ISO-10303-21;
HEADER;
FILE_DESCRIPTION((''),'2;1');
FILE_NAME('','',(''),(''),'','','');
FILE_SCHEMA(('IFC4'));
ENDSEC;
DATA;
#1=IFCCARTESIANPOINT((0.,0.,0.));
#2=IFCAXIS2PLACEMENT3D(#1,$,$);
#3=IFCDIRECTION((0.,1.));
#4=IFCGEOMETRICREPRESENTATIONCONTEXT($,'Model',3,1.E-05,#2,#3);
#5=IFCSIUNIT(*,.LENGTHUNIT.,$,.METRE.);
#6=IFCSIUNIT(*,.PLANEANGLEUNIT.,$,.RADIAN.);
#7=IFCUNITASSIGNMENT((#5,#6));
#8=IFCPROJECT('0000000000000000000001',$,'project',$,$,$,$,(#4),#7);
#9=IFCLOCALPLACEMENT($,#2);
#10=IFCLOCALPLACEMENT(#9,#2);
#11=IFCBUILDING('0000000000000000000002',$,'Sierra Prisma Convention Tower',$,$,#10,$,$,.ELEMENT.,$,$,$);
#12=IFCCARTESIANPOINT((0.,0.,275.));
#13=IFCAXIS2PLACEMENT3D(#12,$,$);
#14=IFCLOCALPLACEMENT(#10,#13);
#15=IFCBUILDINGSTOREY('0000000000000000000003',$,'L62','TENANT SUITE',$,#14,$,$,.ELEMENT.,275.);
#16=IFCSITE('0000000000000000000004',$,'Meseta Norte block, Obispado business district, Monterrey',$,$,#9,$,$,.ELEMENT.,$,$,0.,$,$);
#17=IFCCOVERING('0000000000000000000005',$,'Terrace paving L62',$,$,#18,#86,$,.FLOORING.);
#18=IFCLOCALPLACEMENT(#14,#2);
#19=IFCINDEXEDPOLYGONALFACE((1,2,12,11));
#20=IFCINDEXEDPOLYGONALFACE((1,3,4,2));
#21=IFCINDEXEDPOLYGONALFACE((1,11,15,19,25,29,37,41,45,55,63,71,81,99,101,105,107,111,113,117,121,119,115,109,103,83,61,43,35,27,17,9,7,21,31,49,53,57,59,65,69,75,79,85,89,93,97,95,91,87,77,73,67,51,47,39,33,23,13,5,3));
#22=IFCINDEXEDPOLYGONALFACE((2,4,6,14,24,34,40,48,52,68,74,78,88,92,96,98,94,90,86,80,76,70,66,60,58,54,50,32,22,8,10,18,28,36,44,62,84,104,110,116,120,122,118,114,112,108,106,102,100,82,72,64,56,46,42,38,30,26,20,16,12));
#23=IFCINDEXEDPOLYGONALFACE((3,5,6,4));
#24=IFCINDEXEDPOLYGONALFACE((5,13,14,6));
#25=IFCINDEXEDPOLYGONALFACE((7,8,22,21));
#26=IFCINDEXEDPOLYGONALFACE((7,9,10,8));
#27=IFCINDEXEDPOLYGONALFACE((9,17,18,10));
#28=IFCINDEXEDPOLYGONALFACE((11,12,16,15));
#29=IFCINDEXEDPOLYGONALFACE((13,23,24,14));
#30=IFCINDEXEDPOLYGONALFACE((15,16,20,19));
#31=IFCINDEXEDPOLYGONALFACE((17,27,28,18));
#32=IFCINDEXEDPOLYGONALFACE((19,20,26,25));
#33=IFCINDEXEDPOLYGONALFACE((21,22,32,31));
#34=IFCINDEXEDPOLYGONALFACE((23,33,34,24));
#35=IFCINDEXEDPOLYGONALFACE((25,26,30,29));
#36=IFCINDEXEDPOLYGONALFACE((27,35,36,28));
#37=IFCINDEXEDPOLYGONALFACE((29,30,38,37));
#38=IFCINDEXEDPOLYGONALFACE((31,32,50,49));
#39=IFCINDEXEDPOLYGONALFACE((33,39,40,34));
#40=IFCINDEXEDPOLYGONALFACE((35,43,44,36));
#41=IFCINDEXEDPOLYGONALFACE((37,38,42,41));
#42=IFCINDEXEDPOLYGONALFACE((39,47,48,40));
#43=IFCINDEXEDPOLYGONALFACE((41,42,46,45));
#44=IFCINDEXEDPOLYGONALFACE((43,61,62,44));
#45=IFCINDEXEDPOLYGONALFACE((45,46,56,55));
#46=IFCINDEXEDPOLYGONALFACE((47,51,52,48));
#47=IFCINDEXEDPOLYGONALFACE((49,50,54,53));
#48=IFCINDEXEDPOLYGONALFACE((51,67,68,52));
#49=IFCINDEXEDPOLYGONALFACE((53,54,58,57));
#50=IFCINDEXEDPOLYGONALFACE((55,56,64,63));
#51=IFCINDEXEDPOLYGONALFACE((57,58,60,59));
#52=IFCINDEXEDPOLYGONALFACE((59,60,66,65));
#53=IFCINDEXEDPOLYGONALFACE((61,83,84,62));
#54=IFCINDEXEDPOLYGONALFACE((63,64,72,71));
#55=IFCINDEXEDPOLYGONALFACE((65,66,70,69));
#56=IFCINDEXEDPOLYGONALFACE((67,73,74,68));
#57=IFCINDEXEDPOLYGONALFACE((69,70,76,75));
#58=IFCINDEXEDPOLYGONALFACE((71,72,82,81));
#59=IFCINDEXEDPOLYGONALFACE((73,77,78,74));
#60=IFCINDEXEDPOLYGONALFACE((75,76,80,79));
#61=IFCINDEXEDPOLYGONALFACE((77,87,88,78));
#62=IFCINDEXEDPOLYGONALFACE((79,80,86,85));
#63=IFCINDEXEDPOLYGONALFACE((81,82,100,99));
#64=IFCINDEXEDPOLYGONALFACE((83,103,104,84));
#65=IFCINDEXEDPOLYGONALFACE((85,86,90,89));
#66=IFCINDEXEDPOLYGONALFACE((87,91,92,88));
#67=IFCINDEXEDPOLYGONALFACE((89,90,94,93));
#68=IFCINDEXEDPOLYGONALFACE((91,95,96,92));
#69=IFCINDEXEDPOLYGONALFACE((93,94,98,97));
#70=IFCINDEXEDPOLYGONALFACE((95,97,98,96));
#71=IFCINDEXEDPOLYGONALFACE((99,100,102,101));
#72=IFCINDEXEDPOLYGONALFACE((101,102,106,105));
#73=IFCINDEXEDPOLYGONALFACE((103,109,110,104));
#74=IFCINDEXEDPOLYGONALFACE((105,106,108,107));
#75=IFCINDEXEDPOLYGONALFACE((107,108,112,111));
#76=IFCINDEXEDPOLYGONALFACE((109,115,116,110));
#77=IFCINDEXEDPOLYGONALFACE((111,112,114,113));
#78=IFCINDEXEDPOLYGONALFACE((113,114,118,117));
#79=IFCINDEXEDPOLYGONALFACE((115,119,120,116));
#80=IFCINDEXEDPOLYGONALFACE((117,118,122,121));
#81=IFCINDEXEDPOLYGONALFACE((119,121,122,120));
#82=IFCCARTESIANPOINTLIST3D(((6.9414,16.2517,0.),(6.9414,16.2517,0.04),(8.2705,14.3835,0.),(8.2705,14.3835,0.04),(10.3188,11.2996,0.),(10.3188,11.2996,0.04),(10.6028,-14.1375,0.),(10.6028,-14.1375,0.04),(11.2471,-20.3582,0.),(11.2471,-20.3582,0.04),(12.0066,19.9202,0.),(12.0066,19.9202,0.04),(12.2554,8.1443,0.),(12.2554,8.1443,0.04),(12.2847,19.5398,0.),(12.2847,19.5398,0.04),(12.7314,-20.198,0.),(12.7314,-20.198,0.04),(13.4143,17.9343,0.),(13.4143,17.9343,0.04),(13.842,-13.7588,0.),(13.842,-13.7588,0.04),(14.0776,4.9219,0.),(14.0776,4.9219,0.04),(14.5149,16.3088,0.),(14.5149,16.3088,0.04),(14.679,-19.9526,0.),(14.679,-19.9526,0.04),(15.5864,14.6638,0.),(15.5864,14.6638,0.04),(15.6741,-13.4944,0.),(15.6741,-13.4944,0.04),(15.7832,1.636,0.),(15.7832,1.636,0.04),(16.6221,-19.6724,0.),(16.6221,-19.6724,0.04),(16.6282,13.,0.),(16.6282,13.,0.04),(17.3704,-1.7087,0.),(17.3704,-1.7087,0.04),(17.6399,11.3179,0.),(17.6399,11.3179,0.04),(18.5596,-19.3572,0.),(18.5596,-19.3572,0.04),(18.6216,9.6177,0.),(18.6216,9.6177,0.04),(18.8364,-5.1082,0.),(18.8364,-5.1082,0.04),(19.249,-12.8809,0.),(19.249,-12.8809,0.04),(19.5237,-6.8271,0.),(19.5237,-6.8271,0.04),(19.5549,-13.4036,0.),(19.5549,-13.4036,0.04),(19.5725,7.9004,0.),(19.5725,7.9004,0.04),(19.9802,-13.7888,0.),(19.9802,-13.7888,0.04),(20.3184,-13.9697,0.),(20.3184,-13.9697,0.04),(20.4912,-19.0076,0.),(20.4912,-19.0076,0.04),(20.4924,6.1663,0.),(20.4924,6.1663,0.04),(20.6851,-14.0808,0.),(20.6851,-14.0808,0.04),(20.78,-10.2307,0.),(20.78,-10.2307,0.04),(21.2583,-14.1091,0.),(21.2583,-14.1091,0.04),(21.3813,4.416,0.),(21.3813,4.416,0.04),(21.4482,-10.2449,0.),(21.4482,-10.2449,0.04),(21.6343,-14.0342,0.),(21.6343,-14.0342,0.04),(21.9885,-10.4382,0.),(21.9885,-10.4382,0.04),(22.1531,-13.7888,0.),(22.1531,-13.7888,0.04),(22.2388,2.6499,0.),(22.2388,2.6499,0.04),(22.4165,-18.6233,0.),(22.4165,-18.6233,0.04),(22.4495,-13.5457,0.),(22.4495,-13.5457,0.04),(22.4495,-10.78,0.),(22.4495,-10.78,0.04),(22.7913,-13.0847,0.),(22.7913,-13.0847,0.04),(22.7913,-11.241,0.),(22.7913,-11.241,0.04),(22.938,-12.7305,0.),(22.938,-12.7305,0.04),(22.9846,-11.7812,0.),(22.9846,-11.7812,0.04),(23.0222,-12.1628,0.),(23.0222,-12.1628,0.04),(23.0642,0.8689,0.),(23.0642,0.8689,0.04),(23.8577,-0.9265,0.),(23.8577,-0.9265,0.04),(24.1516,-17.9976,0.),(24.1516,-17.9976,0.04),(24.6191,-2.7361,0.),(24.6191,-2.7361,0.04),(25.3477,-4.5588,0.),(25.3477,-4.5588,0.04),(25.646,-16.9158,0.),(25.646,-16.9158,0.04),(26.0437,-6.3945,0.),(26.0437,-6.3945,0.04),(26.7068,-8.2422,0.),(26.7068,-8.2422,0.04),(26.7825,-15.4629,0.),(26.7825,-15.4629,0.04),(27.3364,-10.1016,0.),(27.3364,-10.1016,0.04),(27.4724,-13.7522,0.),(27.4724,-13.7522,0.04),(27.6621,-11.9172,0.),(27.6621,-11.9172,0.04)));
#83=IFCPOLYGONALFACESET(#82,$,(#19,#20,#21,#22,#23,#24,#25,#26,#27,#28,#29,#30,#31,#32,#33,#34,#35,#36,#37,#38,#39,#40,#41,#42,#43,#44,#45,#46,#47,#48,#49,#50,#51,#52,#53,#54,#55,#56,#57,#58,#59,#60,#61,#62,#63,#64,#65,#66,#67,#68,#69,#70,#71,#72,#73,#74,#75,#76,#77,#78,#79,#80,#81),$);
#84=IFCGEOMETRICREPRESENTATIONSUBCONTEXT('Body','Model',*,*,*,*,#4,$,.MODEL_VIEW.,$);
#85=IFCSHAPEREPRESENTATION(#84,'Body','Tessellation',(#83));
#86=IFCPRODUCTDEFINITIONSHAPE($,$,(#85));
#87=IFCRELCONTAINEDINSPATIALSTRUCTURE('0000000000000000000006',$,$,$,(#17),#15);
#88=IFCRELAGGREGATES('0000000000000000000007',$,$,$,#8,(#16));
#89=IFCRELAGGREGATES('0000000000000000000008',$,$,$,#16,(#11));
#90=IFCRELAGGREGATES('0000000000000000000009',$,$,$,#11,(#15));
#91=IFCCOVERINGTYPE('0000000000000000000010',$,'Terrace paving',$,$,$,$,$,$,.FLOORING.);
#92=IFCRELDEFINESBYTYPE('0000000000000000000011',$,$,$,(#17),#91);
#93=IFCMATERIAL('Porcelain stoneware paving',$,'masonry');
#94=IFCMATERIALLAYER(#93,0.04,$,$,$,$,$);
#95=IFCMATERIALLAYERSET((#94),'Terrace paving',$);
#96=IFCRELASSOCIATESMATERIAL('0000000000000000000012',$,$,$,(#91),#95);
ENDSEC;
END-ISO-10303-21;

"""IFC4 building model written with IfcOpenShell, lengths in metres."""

from ifc_helpers import new_model, si_unit, direction, frame, origin, place, context, subcontext, project, spatial, polyline, outline, extrude, material, layer, layer_set, type_object, element, save


model = new_model("IFC4")

# Units and contexts
model_context = context("Model", 3, precision=1e-05, world=origin(), true_north=direction((0.0, 1.0)))
body_context = subcontext(model_context, "Body", "Model", "MODEL_VIEW")
ifc_project = project(units=[si_unit("LENGTHUNIT", "METRE"), si_unit("PLANEANGLEUNIT", "RADIAN")], contexts=[model_context])

# Site, building, storey
site_placement = place(None, origin())
site = spatial("IfcSite", under=ifc_project, at=site_placement, Name="Meseta Norte block, Obispado business district, Monterrey", CompositionType="ELEMENT", RefElevation=0.0)
building_placement = place(site_placement, origin())
building = spatial("IfcBuilding", under=site, at=building_placement, Name="Sierra Prisma Convention Tower", CompositionType="ELEMENT")
storey_placement = place(building_placement, frame((0.0, 0.0, 275.0)))
storey = spatial("IfcBuildingStorey", under=building, at=storey_placement, Name="L62", Description="TENANT SUITE", CompositionType="ELEMENT", Elevation=275.0)

# Covering
ifc_material_1 = material(Name="Porcelain stoneware paving", Category="masonry")
ifc_layer_1 = layer(ifc_material_1, 0.04)
ifc_layer_set_1 = layer_set([ifc_layer_1], Name="Terrace paving")
covering_type_1 = type_object("IfcCoveringType", Name="Terrace paving", PredefinedType="FLOORING", material=ifc_layer_set_1)
covering_1_placement = place(storey_placement, origin())
element("IfcCovering", 1, at=covering_1_placement, inside=storey, type_object=covering_type_1, Name="Terrace paving L62", PredefinedType="FLOORING", context=body_context, shape_type="SweptSolid", body=[
    extrude(outline(polyline([(11.2471, -20.3582), (12.7314, -20.198), (14.679, -19.9526), (16.6221, -19.6724), (18.5596, -19.3572), (20.4912, -19.0076), (22.4165, -18.6233), (24.1516, -17.9976), (25.646, -16.9158), (26.7825, -15.4629), (27.4724, -13.7522), (27.6621, -11.9172), (27.3364, -10.1016), (26.7068, -8.2422), (26.0437, -6.3945), (25.3477, -4.5588), (24.6191, -2.7361), (23.8577, -0.9265), (23.0642, 0.8689), (22.2388, 2.6499), (21.3813, 4.416), (20.4924, 6.1663), (19.5725, 7.9004), (18.6216, 9.6177), (17.6399, 11.3179), (16.6282, 13.0), (15.5864, 14.6638), (14.5149, 16.3088), (13.4143, 17.9343), (12.2847, 19.5398), (12.0066, 19.9202), (6.9414, 16.2517), (8.2705, 14.3835), (10.3188, 11.2996), (12.2554, 8.1443), (14.0776, 4.9219), (15.7832, 1.636), (17.3704, -1.7087), (18.8364, -5.1082), (19.5237, -6.8271), (20.78, -10.2307), (21.4482, -10.2449), (21.9885, -10.4382), (22.4495, -10.78), (22.7913, -11.241), (22.9846, -11.7812), (23.0222, -12.1628), (22.938, -12.7305), (22.7913, -13.0847), (22.4495, -13.5457), (22.1531, -13.7888), (21.6343, -14.0342), (21.2583, -14.1091), (20.6851, -14.0808), (20.3184, -13.9697), (19.9802, -13.7888), (19.5549, -13.4036), (19.249, -12.8809), (15.6741, -13.4944), (13.842, -13.7588), (10.6028, -14.1375), (11.2471, -20.3582)])), origin(), (0.0, 0.0, 1.0), 0.04),
])

save(model, "model.ifc")
